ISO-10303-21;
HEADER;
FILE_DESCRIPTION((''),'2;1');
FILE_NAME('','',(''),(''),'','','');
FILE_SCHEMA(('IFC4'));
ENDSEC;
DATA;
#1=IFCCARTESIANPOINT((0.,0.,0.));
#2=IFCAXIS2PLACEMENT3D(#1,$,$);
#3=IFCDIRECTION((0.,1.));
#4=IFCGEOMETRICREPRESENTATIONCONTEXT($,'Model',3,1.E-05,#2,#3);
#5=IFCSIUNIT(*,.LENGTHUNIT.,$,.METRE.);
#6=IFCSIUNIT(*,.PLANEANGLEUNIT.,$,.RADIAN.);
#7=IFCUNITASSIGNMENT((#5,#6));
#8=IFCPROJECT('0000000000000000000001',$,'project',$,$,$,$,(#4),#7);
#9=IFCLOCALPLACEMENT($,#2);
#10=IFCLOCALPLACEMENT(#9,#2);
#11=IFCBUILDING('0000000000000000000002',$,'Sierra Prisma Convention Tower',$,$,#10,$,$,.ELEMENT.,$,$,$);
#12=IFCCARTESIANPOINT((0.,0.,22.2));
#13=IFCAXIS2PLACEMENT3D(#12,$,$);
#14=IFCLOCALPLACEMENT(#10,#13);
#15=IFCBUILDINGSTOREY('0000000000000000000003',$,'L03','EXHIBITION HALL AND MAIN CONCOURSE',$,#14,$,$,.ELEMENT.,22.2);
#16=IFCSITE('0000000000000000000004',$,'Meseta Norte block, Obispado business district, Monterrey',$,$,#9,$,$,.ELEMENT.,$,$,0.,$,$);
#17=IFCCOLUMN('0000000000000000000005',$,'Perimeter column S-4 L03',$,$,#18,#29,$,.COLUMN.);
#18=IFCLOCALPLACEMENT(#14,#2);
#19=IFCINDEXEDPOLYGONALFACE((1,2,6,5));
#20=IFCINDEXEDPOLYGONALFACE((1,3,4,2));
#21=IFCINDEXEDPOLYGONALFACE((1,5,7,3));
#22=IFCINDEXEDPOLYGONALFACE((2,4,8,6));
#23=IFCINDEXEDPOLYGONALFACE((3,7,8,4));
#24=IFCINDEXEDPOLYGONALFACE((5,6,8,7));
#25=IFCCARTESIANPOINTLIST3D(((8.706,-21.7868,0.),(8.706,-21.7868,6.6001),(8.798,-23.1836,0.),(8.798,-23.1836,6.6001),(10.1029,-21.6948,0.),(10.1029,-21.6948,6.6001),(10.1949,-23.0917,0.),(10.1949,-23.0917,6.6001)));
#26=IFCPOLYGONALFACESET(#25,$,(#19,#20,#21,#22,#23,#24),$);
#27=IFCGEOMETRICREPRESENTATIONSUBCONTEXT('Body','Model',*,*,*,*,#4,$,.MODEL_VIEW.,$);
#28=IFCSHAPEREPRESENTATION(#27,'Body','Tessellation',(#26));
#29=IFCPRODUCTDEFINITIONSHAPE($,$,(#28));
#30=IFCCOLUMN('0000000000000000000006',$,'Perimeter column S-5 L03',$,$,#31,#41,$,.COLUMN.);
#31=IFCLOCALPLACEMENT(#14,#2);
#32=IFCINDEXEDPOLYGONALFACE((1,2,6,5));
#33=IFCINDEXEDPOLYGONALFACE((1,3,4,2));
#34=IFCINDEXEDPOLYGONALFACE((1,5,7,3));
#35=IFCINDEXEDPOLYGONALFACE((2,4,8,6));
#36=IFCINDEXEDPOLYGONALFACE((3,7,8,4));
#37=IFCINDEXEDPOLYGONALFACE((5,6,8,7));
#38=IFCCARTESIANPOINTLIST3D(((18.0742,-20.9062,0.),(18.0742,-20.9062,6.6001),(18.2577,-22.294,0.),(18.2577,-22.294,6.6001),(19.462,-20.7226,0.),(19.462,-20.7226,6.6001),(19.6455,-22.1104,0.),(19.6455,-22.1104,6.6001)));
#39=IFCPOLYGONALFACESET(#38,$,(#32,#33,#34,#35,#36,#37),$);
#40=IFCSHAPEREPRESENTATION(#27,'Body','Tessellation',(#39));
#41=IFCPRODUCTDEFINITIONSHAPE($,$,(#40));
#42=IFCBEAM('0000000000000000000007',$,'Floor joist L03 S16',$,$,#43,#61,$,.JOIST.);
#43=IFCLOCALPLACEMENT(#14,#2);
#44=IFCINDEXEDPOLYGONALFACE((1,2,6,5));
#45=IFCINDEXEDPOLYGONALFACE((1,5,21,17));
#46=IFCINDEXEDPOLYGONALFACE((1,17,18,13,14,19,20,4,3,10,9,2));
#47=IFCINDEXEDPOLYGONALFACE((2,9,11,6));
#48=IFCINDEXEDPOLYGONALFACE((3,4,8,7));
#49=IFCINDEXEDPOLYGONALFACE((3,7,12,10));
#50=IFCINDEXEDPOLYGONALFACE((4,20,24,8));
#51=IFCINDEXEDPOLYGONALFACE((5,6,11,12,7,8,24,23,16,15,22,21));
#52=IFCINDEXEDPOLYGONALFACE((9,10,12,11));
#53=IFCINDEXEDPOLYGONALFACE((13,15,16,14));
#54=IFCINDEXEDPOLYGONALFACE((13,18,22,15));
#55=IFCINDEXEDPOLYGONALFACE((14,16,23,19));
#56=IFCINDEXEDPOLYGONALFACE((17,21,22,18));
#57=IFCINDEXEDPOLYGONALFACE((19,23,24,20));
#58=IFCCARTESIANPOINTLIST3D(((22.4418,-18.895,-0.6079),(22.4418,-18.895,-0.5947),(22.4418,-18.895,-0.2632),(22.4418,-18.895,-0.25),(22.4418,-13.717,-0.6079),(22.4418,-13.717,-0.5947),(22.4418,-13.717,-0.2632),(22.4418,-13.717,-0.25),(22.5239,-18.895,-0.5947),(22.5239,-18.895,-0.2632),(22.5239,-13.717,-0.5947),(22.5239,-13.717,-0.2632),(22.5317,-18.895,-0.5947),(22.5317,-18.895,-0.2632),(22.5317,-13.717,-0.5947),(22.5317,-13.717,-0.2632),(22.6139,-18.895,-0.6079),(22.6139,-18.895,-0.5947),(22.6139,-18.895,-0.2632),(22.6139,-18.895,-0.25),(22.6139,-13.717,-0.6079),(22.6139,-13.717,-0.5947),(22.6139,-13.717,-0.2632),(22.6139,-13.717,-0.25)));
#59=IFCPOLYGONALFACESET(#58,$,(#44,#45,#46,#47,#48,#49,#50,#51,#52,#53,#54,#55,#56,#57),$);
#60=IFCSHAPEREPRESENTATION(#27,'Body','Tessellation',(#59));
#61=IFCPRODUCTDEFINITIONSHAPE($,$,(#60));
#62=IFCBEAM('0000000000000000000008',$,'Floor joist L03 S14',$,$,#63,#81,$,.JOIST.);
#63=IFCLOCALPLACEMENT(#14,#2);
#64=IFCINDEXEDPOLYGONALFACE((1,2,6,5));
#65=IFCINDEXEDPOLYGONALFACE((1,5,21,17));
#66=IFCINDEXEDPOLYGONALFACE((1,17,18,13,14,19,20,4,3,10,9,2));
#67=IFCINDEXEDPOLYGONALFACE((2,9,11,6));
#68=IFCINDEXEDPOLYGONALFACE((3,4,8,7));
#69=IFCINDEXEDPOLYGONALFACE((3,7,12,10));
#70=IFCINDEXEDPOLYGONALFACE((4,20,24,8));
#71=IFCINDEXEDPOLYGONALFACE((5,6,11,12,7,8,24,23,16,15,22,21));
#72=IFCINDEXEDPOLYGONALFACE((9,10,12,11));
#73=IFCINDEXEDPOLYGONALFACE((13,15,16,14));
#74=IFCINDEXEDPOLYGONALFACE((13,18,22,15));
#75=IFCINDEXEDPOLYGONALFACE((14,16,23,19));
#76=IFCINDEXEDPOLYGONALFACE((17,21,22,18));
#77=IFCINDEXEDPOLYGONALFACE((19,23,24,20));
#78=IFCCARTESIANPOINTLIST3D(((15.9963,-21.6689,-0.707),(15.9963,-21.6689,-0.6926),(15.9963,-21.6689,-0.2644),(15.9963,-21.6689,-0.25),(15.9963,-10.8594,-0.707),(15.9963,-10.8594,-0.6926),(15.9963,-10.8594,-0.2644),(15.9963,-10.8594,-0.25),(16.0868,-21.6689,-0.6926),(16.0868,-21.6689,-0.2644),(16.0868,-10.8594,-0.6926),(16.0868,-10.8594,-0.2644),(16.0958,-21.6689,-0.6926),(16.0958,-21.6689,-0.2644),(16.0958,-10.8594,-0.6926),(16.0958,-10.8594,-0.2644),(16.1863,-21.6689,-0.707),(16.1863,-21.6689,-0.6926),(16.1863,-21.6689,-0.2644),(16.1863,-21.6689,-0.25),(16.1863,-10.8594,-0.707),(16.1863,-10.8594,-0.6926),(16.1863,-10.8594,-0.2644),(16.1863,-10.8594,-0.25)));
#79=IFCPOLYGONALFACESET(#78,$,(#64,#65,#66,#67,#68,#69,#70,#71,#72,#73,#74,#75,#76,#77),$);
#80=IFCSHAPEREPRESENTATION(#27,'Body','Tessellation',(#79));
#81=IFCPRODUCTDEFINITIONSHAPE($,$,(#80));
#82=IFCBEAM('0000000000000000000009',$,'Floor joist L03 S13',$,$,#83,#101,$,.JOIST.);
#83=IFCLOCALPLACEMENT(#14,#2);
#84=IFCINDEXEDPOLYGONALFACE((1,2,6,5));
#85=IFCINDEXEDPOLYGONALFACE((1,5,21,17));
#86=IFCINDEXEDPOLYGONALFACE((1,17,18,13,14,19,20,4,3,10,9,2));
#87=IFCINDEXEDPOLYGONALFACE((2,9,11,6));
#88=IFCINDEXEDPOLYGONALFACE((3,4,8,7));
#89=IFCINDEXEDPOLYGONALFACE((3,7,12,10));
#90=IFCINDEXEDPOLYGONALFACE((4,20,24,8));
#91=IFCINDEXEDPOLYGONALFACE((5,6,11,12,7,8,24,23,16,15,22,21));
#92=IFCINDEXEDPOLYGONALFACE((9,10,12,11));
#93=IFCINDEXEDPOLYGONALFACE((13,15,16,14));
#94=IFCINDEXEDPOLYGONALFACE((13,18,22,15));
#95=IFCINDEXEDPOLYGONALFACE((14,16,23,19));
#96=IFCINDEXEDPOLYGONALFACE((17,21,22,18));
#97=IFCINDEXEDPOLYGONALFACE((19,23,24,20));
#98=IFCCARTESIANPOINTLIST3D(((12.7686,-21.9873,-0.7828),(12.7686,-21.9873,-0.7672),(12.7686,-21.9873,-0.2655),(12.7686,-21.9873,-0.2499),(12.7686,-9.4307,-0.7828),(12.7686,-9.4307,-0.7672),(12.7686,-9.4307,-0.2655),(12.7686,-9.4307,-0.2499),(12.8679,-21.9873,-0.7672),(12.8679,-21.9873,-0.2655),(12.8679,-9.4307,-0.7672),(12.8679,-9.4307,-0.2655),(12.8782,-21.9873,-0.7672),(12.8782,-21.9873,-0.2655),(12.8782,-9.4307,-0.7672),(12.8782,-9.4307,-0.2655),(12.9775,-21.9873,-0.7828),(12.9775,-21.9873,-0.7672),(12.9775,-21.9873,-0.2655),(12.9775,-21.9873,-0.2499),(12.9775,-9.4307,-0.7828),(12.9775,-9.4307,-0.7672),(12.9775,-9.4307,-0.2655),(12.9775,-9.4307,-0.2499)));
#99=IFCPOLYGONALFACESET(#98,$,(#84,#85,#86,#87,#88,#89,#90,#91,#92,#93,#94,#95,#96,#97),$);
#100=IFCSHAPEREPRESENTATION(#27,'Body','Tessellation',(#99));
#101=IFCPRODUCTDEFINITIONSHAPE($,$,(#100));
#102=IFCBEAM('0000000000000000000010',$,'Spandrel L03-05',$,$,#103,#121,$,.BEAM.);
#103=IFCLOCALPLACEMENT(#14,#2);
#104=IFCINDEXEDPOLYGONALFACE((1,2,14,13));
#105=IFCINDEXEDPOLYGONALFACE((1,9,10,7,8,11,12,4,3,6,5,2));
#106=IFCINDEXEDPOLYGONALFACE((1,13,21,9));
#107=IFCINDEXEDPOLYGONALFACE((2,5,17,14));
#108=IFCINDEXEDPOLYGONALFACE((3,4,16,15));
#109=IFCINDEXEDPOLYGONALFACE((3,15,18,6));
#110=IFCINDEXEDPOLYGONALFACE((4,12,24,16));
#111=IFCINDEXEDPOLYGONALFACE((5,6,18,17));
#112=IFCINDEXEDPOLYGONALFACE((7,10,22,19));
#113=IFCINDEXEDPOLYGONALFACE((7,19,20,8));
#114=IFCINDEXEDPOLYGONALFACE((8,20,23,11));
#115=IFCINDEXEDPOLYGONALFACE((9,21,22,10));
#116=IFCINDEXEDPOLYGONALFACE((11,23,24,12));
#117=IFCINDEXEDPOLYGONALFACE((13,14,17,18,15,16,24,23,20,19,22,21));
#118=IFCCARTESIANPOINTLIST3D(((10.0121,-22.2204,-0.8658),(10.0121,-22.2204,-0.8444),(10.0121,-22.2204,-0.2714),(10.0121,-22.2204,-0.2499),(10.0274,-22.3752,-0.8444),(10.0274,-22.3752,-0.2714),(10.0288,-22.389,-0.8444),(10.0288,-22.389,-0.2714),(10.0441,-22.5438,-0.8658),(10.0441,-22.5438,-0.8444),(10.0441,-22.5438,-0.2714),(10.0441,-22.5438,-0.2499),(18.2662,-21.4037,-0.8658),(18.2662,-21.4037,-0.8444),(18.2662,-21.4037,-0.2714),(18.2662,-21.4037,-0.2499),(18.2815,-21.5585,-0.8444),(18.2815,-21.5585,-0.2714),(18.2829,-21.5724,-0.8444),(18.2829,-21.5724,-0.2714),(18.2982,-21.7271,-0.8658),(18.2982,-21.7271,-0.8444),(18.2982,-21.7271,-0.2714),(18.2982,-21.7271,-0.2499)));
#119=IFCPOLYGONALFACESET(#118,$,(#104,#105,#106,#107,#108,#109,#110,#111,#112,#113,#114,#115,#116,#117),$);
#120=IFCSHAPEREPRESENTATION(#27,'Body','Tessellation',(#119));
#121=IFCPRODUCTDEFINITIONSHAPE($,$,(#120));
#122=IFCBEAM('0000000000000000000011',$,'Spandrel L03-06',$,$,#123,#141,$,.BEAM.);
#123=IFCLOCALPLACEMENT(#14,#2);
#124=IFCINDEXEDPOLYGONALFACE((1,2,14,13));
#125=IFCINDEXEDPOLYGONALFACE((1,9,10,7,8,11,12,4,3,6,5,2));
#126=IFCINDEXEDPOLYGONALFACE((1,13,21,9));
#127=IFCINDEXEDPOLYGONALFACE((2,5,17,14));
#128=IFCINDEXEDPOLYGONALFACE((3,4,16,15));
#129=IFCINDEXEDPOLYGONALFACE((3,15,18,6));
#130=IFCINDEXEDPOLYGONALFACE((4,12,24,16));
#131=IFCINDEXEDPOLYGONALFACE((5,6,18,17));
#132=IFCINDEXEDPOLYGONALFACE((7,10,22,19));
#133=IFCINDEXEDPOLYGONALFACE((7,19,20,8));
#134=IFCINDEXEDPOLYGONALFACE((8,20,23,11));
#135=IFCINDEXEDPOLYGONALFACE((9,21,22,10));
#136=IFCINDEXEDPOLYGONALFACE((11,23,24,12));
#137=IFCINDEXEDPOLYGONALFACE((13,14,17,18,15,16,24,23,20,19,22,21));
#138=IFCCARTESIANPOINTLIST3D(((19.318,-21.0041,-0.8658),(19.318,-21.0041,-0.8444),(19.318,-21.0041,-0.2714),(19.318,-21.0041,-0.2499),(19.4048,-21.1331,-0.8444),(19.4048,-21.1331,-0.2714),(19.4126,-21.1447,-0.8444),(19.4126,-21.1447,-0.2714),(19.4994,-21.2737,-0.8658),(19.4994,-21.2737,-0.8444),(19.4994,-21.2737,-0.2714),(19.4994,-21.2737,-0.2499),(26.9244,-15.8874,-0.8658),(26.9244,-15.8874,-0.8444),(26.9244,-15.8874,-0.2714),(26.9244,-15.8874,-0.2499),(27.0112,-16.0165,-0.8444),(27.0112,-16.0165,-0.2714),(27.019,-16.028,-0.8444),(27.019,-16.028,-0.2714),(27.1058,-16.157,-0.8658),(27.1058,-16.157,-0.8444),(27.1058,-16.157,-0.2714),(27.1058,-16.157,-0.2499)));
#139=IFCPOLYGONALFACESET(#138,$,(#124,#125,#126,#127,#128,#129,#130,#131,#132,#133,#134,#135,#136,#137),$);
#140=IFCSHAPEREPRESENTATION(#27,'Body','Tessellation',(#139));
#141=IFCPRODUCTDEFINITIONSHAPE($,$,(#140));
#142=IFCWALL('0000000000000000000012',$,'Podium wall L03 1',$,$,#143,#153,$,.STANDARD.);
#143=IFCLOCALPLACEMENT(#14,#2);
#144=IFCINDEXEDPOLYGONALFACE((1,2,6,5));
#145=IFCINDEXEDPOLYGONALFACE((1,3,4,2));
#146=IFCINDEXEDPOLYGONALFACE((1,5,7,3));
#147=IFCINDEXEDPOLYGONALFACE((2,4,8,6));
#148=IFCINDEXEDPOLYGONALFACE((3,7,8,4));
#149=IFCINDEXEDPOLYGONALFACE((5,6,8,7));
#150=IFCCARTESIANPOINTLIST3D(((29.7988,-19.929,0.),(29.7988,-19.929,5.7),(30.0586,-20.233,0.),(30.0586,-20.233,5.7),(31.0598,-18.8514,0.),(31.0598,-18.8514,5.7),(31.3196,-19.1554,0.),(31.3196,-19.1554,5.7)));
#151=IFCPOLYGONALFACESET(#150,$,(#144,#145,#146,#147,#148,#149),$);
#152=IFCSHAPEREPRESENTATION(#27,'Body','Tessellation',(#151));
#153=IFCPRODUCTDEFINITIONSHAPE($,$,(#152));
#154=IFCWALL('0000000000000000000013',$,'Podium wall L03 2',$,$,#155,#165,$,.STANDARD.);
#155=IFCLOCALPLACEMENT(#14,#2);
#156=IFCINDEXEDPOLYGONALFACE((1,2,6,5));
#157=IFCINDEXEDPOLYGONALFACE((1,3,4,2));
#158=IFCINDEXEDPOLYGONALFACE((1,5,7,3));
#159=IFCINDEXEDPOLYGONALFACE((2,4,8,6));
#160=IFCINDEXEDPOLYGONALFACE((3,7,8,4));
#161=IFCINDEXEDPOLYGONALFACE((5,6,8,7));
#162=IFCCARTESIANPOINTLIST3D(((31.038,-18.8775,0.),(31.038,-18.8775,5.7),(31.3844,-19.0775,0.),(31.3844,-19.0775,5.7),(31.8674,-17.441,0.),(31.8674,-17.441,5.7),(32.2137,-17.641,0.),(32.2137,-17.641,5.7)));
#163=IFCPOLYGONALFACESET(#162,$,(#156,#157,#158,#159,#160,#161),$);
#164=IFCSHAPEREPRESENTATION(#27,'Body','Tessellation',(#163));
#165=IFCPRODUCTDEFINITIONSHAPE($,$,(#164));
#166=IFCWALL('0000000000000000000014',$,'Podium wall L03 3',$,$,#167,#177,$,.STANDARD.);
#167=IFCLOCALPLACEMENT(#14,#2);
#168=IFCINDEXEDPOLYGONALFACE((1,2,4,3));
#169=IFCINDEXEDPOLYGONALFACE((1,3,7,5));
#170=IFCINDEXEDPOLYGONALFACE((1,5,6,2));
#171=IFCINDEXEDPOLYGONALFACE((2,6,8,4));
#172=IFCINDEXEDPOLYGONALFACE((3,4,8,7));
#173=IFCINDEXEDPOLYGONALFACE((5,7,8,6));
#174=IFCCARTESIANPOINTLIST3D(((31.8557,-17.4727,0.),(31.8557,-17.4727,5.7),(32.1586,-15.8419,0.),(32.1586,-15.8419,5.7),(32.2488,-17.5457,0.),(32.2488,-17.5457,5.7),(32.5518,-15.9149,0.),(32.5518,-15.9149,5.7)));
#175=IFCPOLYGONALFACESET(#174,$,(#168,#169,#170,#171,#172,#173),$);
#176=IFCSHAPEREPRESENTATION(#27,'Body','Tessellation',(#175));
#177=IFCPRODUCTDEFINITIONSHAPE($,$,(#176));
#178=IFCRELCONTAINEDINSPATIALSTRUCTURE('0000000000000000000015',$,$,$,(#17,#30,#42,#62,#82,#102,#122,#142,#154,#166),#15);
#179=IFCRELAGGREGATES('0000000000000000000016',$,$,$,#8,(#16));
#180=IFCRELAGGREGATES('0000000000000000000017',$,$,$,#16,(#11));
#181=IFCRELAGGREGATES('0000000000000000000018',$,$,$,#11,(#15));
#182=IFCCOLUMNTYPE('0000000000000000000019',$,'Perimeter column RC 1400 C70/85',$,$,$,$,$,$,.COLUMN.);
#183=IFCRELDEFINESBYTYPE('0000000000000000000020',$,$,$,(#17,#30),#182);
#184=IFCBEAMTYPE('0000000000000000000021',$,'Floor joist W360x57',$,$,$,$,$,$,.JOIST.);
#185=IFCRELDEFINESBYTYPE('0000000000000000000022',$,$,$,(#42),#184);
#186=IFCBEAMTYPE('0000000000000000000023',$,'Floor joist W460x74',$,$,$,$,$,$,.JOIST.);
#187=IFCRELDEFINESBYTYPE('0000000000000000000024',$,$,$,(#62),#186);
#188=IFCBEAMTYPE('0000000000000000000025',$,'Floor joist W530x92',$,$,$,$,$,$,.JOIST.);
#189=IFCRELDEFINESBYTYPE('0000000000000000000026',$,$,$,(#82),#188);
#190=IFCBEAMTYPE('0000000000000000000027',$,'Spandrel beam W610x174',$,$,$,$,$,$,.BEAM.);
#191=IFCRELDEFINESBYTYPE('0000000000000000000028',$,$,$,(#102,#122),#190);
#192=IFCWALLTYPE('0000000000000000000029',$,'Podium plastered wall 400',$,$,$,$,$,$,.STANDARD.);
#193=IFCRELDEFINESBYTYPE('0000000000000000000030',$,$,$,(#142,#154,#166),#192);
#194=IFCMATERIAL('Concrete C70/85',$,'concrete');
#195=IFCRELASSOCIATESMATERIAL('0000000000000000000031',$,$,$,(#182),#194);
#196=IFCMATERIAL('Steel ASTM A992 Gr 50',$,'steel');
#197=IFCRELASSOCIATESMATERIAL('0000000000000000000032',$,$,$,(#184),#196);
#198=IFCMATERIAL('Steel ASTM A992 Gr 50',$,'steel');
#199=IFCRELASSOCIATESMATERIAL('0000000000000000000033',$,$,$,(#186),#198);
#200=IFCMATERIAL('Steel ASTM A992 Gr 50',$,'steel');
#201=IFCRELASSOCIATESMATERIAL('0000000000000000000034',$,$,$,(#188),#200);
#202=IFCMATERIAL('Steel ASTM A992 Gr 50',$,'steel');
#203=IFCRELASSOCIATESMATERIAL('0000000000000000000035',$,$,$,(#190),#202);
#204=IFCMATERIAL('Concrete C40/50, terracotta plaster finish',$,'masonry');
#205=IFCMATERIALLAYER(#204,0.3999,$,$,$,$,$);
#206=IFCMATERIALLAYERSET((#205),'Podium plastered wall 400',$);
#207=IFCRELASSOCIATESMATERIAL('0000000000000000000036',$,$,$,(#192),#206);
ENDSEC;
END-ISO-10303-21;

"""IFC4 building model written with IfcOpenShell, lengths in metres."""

from ifc_helpers import new_model, si_unit, direction, frame, frame_2d, origin, origin_2d, place, context, subcontext, project, spatial, rectangle, i_section, extrude, material, layer, layer_set, material_profile, profile_set, type_object, element, save


model = new_model("IFC4")

# Units and contexts
model_context = context("Model", 3, precision=1e-05, world=origin(), true_north=direction((0.0, 1.0)))
body_context = subcontext(model_context, "Body", "Model", "MODEL_VIEW")
ifc_project = project(units=[si_unit("LENGTHUNIT", "METRE"), si_unit("PLANEANGLEUNIT", "RADIAN")], contexts=[model_context])

# Site, building, storey
site_placement = place(None, origin())
site = spatial("IfcSite", under=ifc_project, at=site_placement, Name="Meseta Norte block, Obispado business district, Monterrey", CompositionType="ELEMENT", RefElevation=0.0)
building_placement = place(site_placement, origin())
building = spatial("IfcBuilding", under=site, at=building_placement, Name="Sierra Prisma Convention Tower", CompositionType="ELEMENT")
storey_placement = place(building_placement, frame((0.0, 0.0, 22.2)))
storey = spatial("IfcBuildingStorey", under=building, at=storey_placement, Name="L03", Description="EXHIBITION HALL AND MAIN CONCOURSE", CompositionType="ELEMENT", Elevation=22.2)

# Columns
ifc_material_1 = material(Name="Concrete C70/85", Category="concrete")
ifc_material_profile_1 = material_profile(ifc_material_1, rectangle(XDim=1.3999, YDim=1.3999, at=origin_2d()), Name="Perimeter column RC 1400 C70/85")
ifc_profile_set_1 = profile_set([ifc_material_profile_1], Name="Concrete C70/85")
column_type = type_object("IfcColumnType", Name="Perimeter column RC 1400 C70/85", PredefinedType="COLUMN", material=ifc_profile_set_1)
for number, where, z_axis, x_axis, name in (
    (1, (9.4504, -22.4392, 0.0), (0.0, 0.0, 1.0), (0.997839, 0.065699, 0.0), "Perimeter column S-4 L03"),
    (2, (18.8599, -21.5083, 0.0), (0.0, 0.0, 1.0), (0.991367, 0.131115, 0.0), "Perimeter column S-5 L03"),
):
    element("IfcColumn", number, at=place(storey_placement, frame(where, z_axis=z_axis, x_axis=x_axis)), inside=storey, type_object=column_type, Name=name, PredefinedType="COLUMN", context=body_context, shape_type="SweptSolid", body=[
        extrude(rectangle(XDim=1.3999, YDim=1.3999, at=origin_2d()), origin(), (0.0, 0.0, 1.0), 6.6001),
    ])

# Beams
ifc_material_2 = material(Name="Steel ASTM A992 Gr 50", Category="steel")
ifc_material_profile_2 = material_profile(ifc_material_2, i_section(OverallWidth=0.1721, OverallDepth=0.3579, WebThickness=0.0078, FlangeThickness=0.0132, at=origin_2d()), Name="W360x57")
ifc_profile_set_2 = profile_set([ifc_material_profile_2], Name="Steel ASTM A992 Gr 50")
beam_type_1 = type_object("IfcBeamType", Name="Floor joist W360x57", PredefinedType="JOIST", material=ifc_profile_set_2)
beam_1_placement = place(storey_placement, frame((22.5278, -18.895, -0.429), z_axis=(0.0, 1.0, 0.0), x_axis=(-1.0, 0.0, 0.0)))
element("IfcBeam", 3, at=beam_1_placement, inside=storey, type_object=beam_type_1, Name="Floor joist L03 S16", PredefinedType="JOIST", context=body_context, shape_type="SweptSolid", body=[
    extrude(i_section(OverallWidth=0.1721, OverallDepth=0.3579, WebThickness=0.0078, FlangeThickness=0.0132, at=origin_2d()), origin(), (0.0, 0.0, 1.0), 5.178),
])
ifc_material_3 = material(Name="Steel ASTM A992 Gr 50", Category="steel")
ifc_material_profile_3 = material_profile(ifc_material_3, i_section(OverallWidth=0.1899, OverallDepth=0.457, WebThickness=0.009, FlangeThickness=0.0144, at=origin_2d()), Name="W460x74")
ifc_profile_set_3 = profile_set([ifc_material_profile_3], Name="Steel ASTM A992 Gr 50")
beam_type_2 = type_object("IfcBeamType", Name="Floor joist W460x74", PredefinedType="JOIST", material=ifc_profile_set_3)
beam_2_placement = place(storey_placement, frame((16.0913, -21.6689, -0.4785), z_axis=(0.0, 1.0, 0.0), x_axis=(-1.0, 0.0, 0.0)))
element("IfcBeam", 4, at=beam_2_placement, inside=storey, type_object=beam_type_2, Name="Floor joist L03 S14", PredefinedType="JOIST", context=body_context, shape_type="SweptSolid", body=[
    extrude(i_section(OverallWidth=0.1899, OverallDepth=0.457, WebThickness=0.009, FlangeThickness=0.0144, at=origin_2d()), origin(), (0.0, 0.0, 1.0), 10.8096),
])
ifc_material_4 = material(Name="Steel ASTM A992 Gr 50", Category="steel")
ifc_material_profile_4 = material_profile(ifc_material_4, i_section(OverallWidth=0.209, OverallDepth=0.533, WebThickness=0.0103, FlangeThickness=0.0156, at=origin_2d()), Name="W530x92")
ifc_profile_set_4 = profile_set([ifc_material_profile_4], Name="Steel ASTM A992 Gr 50")
beam_type_3 = type_object("IfcBeamType", Name="Floor joist W530x92", PredefinedType="JOIST", material=ifc_profile_set_4)
beam_3_placement = place(storey_placement, frame((12.873, -21.9873, -0.5164), z_axis=(0.0, 1.0, 0.0), x_axis=(-1.0, 0.0, 0.0)))
element("IfcBeam", 5, at=beam_3_placement, inside=storey, type_object=beam_type_3, Name="Floor joist L03 S13", PredefinedType="JOIST", context=body_context, shape_type="SweptSolid", body=[
    extrude(i_section(OverallWidth=0.209, OverallDepth=0.533, WebThickness=0.0103, FlangeThickness=0.0156, at=origin_2d()), origin(), (0.0, 0.0, 1.0), 12.5566),
])
ifc_material_5 = material(Name="Steel ASTM A992 Gr 50", Category="steel")
ifc_material_profile_5 = material_profile(ifc_material_5, i_section(OverallWidth=0.325, OverallDepth=0.616, WebThickness=0.0139, FlangeThickness=0.0215, at=origin_2d()), Name="W610x174")
ifc_profile_set_5 = profile_set([ifc_material_profile_5], Name="Steel ASTM A992 Gr 50")
beam_type_4 = type_object("IfcBeamType", Name="Spandrel beam W610x174", PredefinedType="BEAM", material=ifc_profile_set_5)
beam_4_placement = place(storey_placement, frame((10.0281, -22.3821, -0.5579), z_axis=(0.995141, 0.098457, 0.0), x_axis=(-0.098457, 0.995141, 0.0)))
element("IfcBeam", 6, at=beam_4_placement, inside=storey, type_object=beam_type_4, Name="Spandrel L03-05", PredefinedType="BEAM", context=body_context, shape_type="SweptSolid", body=[
    extrude(i_section(OverallWidth=0.325, OverallDepth=0.616, WebThickness=0.0139, FlangeThickness=0.0215, at=origin_2d()), origin(), (0.0, 0.0, 1.0), 8.2944),
])
beam_5_placement = place(storey_placement, frame((19.4087, -21.1389, -0.5579), z_axis=(0.82974, 0.558149, 0.0), x_axis=(-0.558149, 0.82974, 0.0)))
element("IfcBeam", 7, at=beam_5_placement, inside=storey, type_object=beam_type_4, Name="Spandrel L03-06", PredefinedType="BEAM", context=body_context, shape_type="SweptSolid", body=[
    extrude(i_section(OverallWidth=0.325, OverallDepth=0.616, WebThickness=0.0139, FlangeThickness=0.0215, at=origin_2d()), origin(), (0.0, 0.0, 1.0), 9.1672),
])

# Walls
ifc_material_6 = material(Name="Concrete C40/50, terracotta plaster finish", Category="masonry")
ifc_layer_1 = layer(ifc_material_6, 0.3999)
ifc_layer_set_1 = layer_set([ifc_layer_1], Name="Podium plastered wall 400")
wall_type = type_object("IfcWallType", Name="Podium plastered wall 400", PredefinedType="STANDARD", material=ifc_layer_set_1)
for number, where, z_axis, x_axis, name in (
    (8, (31.1897, -19.0034, 0.0), (0.0, 0.0, 1.0), (-0.760212, -0.649676, 0.0), "Podium wall L03 1"),
    (9, (32.0405, -17.541, 0.0), (0.0, 0.0, 1.0), (-0.499986, -0.866034, 0.0), "Podium wall L03 2"),
    (10, (32.3552, -15.8784, 0.0), (0.0, 0.0, 1.0), (-0.182653, -0.983177, 0.0), "Podium wall L03 3"),
):
    element("IfcWall", number, at=place(storey_placement, frame(where, z_axis=z_axis, x_axis=x_axis)), inside=storey, type_object=wall_type, Name=name, PredefinedType="STANDARD", context=body_context, shape_type="SweptSolid", body=[
        extrude(rectangle(XDim=1.6587, YDim=0.3999, at=frame_2d((0.8293, 0.0))), origin(), (0.0, 0.0, 1.0), 5.7),
    ])

save(model, "model.ifc")
